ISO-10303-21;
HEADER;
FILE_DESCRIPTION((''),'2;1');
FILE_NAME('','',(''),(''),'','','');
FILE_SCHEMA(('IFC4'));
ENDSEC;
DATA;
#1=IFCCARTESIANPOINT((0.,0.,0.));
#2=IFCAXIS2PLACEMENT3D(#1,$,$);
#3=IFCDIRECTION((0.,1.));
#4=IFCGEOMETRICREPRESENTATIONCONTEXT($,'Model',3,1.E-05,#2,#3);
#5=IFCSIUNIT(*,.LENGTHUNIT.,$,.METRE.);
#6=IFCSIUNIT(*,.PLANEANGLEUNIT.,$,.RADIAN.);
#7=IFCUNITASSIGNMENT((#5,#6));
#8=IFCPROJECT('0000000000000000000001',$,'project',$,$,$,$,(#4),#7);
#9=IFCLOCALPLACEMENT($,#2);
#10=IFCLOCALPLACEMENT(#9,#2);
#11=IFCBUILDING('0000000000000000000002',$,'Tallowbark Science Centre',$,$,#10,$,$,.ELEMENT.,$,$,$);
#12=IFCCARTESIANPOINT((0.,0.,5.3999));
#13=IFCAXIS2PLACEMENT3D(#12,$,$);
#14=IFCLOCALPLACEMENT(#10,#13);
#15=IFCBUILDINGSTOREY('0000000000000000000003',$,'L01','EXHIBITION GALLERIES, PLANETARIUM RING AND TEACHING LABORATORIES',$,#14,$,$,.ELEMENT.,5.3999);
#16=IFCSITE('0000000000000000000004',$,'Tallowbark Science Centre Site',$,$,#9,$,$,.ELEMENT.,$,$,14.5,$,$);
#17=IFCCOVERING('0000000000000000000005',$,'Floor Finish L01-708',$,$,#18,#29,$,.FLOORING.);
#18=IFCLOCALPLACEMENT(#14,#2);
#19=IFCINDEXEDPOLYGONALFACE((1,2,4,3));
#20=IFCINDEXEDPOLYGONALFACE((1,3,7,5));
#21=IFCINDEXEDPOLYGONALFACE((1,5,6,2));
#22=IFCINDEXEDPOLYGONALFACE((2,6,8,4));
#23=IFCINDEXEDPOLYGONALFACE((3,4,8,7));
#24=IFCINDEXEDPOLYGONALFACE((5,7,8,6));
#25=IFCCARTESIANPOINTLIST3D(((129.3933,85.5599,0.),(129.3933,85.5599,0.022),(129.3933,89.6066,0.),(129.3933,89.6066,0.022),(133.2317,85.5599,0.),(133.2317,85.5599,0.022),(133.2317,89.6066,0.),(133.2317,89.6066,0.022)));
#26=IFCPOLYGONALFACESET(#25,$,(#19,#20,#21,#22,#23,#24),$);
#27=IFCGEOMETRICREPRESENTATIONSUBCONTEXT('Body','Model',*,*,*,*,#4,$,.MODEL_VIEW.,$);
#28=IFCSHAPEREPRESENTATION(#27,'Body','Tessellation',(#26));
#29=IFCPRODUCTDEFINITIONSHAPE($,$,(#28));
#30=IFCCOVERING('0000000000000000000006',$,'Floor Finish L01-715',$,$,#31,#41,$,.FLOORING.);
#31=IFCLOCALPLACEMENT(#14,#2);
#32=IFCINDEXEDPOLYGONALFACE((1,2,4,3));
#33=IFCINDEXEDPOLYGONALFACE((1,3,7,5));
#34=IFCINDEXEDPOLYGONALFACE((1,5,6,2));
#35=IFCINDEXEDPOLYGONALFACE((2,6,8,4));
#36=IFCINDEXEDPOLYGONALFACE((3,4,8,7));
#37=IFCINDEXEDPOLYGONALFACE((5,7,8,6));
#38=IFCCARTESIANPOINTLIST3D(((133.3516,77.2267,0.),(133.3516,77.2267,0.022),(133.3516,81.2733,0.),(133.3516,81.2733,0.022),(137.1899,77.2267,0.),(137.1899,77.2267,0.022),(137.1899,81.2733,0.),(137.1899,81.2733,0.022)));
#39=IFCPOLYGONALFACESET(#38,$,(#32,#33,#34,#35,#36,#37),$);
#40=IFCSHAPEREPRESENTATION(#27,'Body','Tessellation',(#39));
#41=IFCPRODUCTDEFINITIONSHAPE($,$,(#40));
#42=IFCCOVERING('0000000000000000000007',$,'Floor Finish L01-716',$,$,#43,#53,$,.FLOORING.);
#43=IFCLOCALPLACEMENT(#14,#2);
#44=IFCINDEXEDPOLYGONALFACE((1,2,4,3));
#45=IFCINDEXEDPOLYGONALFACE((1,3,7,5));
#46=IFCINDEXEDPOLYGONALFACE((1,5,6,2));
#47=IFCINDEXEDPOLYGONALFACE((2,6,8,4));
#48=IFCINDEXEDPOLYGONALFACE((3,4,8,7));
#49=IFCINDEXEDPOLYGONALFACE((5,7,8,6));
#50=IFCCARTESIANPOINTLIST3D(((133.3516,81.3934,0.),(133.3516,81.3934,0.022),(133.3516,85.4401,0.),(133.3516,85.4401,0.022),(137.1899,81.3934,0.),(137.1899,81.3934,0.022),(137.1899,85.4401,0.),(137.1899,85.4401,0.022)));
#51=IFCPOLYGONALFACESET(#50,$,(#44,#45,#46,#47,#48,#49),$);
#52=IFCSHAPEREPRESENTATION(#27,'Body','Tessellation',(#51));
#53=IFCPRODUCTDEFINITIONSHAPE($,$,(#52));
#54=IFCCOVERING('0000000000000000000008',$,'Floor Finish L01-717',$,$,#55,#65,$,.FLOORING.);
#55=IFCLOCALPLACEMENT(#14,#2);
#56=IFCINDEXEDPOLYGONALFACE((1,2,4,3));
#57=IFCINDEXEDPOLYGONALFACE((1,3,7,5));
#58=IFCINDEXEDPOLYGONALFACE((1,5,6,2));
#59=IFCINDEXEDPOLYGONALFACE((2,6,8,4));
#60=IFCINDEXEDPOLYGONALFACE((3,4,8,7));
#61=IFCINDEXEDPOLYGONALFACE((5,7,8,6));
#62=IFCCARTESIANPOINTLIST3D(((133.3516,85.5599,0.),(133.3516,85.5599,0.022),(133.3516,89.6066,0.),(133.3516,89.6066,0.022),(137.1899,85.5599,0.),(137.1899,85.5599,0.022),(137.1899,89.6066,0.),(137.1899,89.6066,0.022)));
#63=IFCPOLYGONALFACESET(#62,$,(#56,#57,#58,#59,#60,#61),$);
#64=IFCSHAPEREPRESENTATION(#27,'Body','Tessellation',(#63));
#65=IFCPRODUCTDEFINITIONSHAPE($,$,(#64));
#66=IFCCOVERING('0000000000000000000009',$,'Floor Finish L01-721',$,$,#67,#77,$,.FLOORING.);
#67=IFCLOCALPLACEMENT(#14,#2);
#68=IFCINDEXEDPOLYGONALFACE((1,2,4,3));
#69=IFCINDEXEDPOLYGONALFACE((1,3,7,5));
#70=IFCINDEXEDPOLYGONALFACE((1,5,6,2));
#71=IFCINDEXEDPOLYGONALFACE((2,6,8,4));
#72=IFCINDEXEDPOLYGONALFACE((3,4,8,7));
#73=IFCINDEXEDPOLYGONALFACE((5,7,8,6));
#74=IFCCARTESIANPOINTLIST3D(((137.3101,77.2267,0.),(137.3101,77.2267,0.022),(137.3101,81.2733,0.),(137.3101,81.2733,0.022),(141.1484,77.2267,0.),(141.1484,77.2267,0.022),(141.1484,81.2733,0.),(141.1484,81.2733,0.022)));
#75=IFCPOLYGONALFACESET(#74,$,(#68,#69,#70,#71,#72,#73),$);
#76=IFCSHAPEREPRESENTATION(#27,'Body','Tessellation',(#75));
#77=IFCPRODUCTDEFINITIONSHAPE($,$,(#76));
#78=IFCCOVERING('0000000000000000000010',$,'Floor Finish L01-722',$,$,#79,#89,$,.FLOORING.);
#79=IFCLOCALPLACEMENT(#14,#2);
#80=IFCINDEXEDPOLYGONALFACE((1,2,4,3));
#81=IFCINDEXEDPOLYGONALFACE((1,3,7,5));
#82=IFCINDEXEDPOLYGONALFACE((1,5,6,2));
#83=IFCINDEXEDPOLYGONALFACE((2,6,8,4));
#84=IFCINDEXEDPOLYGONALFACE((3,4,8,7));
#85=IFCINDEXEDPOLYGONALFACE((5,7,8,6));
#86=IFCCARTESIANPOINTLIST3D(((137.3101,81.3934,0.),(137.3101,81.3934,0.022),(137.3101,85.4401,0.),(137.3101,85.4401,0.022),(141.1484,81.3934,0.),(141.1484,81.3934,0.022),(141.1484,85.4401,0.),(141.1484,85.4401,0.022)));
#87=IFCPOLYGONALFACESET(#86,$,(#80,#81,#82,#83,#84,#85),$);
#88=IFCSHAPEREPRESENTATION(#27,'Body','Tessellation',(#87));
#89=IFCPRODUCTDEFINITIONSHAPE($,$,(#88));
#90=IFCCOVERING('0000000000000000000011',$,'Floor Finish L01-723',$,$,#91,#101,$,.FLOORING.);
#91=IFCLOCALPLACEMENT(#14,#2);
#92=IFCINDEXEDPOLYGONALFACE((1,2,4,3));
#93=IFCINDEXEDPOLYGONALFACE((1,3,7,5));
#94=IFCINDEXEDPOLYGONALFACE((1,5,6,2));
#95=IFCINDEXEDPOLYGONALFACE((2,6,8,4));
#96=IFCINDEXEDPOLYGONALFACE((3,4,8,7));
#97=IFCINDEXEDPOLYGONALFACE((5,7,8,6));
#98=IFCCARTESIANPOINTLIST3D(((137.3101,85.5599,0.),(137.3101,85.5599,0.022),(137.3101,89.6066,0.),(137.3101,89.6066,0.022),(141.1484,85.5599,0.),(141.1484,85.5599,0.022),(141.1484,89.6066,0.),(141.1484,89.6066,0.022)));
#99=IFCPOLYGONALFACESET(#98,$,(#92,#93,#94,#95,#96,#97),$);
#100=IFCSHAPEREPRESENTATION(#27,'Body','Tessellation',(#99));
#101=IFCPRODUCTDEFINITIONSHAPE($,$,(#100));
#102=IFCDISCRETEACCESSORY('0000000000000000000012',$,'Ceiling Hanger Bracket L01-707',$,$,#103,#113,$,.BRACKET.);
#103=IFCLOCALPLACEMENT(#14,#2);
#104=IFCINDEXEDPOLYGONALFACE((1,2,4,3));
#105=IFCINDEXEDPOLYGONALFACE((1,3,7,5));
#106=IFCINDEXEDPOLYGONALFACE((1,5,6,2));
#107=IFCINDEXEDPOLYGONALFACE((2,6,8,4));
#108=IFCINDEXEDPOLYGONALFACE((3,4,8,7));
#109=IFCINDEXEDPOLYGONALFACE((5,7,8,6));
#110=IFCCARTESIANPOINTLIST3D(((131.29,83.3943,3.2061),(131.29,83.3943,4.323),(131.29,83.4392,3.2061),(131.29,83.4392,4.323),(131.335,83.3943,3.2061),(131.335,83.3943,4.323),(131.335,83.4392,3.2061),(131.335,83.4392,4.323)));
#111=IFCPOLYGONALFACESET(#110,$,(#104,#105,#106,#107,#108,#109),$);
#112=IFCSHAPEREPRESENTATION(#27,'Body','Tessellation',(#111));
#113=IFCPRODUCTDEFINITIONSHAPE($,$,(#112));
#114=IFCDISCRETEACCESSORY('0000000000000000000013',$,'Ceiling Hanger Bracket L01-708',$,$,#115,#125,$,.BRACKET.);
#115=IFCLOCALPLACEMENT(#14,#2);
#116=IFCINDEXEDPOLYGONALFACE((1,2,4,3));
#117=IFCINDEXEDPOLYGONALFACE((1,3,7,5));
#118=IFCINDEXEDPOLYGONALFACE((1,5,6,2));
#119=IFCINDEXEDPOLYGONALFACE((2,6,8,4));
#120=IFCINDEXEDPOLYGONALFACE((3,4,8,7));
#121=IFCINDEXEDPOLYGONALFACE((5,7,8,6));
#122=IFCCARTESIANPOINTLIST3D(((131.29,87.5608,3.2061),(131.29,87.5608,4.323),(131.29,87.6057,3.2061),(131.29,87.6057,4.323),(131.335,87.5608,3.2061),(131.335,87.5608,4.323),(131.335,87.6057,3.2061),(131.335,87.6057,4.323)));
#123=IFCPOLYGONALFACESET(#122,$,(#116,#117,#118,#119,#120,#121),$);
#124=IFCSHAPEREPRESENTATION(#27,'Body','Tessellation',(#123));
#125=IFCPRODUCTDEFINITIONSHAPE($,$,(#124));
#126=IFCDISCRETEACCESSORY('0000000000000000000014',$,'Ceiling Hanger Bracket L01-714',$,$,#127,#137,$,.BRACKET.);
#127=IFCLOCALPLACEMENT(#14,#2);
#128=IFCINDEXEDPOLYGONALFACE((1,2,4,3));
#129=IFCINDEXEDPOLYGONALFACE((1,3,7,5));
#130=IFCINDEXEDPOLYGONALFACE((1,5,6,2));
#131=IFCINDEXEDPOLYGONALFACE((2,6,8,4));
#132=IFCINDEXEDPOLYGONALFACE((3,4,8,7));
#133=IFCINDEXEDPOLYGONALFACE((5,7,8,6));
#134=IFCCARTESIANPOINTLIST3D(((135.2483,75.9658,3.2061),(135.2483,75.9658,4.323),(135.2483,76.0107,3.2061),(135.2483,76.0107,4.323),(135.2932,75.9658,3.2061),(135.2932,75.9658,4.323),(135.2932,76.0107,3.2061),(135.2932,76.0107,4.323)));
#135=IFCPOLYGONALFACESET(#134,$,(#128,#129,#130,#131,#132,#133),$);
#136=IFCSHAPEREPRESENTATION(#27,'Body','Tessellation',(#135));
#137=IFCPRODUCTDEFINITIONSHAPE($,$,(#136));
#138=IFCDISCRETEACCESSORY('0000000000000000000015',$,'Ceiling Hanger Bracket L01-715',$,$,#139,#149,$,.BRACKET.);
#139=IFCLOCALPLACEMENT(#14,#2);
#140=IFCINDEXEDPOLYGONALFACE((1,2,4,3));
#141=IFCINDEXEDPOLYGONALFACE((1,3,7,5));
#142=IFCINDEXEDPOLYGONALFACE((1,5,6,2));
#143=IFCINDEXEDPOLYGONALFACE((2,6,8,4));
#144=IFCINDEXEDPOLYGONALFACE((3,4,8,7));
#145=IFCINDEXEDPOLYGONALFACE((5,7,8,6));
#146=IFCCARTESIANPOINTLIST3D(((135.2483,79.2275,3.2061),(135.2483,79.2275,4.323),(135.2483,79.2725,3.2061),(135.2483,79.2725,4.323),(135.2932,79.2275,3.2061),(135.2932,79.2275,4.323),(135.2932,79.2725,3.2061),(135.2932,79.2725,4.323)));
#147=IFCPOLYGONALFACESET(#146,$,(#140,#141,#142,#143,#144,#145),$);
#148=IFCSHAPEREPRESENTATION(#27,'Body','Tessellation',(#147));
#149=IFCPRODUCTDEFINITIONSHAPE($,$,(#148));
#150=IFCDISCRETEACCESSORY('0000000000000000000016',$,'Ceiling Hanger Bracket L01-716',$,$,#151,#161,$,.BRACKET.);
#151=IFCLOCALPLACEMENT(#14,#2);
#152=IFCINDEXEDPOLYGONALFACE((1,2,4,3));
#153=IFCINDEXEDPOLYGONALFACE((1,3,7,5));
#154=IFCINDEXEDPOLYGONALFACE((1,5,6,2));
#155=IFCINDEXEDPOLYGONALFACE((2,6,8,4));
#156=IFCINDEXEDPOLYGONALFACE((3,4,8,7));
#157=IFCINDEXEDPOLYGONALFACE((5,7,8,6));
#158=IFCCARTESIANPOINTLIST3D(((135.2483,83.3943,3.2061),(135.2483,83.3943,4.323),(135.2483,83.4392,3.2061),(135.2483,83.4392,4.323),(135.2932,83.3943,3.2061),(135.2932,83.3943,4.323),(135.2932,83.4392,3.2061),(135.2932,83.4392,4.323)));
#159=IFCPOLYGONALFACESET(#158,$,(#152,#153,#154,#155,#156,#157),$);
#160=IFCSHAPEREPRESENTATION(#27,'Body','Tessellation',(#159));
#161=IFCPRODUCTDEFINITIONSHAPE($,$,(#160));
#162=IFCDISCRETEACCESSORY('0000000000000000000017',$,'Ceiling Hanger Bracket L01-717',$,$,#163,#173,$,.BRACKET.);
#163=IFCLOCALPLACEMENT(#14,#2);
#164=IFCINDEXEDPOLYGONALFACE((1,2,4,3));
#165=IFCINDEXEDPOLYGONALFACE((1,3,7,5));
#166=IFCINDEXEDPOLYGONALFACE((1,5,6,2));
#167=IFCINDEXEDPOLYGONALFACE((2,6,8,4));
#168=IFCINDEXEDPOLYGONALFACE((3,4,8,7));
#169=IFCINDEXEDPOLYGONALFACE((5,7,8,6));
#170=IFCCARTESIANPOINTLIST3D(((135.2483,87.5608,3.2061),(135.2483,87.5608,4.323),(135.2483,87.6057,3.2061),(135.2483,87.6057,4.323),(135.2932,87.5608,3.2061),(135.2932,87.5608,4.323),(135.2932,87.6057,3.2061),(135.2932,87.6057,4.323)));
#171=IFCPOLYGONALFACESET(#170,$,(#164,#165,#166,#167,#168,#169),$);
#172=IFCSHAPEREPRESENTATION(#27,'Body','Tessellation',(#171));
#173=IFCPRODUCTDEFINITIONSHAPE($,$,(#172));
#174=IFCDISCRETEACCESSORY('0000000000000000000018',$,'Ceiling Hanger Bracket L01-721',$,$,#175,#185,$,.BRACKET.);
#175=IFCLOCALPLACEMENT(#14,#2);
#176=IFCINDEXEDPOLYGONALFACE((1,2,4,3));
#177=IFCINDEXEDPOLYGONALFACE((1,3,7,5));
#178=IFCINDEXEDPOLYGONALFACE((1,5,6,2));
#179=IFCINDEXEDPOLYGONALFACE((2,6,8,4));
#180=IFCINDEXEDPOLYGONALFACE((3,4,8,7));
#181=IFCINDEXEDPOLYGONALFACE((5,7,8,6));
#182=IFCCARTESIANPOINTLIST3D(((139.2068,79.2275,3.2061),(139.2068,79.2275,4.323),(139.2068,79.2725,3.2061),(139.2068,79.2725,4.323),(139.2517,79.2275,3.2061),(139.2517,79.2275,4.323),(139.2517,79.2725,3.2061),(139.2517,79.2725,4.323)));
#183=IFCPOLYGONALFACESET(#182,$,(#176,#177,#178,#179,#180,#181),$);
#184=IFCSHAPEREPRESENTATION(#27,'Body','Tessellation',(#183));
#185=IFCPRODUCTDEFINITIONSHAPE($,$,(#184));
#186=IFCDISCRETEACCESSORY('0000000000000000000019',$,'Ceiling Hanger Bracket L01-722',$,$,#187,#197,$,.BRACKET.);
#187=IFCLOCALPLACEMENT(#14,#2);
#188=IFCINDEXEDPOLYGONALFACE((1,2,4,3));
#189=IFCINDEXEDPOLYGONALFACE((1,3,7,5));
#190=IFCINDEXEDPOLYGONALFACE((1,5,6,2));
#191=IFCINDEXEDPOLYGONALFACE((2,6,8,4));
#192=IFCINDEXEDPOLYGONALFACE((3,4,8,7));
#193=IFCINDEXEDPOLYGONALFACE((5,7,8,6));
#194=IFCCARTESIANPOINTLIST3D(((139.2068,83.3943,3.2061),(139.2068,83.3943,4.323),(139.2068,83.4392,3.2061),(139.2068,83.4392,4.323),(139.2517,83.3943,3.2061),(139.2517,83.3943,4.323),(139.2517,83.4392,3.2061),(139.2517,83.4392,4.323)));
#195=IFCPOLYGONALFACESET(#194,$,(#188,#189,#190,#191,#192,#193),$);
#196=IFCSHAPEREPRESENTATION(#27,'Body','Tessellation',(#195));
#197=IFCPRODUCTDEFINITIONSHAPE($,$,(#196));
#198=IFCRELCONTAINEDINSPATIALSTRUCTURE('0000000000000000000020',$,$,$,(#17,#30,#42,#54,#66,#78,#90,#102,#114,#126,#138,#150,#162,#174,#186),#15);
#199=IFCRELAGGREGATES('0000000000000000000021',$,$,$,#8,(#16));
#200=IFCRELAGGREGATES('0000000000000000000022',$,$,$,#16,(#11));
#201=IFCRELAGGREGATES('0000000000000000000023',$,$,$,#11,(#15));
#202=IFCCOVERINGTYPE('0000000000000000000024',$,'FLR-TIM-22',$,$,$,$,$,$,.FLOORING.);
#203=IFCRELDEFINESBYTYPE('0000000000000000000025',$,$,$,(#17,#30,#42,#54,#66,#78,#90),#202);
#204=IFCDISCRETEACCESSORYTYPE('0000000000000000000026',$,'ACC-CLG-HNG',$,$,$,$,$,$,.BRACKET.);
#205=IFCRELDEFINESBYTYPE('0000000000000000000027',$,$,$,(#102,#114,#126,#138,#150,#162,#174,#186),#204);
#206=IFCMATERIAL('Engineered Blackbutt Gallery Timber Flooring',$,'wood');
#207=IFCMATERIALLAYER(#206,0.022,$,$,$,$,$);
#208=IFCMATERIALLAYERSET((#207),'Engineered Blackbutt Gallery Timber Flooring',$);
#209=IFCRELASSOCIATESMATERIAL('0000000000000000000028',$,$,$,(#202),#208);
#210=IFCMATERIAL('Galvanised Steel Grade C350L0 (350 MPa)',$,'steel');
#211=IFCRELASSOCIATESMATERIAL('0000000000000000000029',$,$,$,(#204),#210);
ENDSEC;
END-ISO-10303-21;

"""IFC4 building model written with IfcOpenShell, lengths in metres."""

from ifc_helpers import new_model, si_unit, direction, frame, origin, origin_2d, place, context, subcontext, project, spatial, rectangle, extrude, material, layer, layer_set, type_object, element, save


model = new_model("IFC4")

# Units and contexts
model_context = context("Model", 3, precision=1e-05, world=origin(), true_north=direction((0.0, 1.0)))
body_context = subcontext(model_context, "Body", "Model", "MODEL_VIEW")
ifc_project = project(units=[si_unit("LENGTHUNIT", "METRE"), si_unit("PLANEANGLEUNIT", "RADIAN")], contexts=[model_context])

# Site, building, storey
site_placement = place(None, origin())
site = spatial("IfcSite", under=ifc_project, at=site_placement, Name="Tallowbark Science Centre Site", CompositionType="ELEMENT", RefElevation=14.5)
building_placement = place(site_placement, origin())
building = spatial("IfcBuilding", under=site, at=building_placement, Name="Tallowbark Science Centre", CompositionType="ELEMENT")
storey_placement = place(building_placement, frame((0.0, 0.0, 5.3999)))
storey = spatial("IfcBuildingStorey", under=building, at=storey_placement, Name="L01", Description="EXHIBITION GALLERIES, PLANETARIUM RING AND TEACHING LABORATORIES", CompositionType="ELEMENT", Elevation=5.3999)

# Coverings
ifc_material_1 = material(Name="Engineered Blackbutt Gallery Timber Flooring", Category="wood")
ifc_layer_1 = layer(ifc_material_1, 0.022)
ifc_layer_set_1 = layer_set([ifc_layer_1], Name="Engineered Blackbutt Gallery Timber Flooring")
covering_type_1 = type_object("IfcCoveringType", Name="FLR-TIM-22", PredefinedType="FLOORING", material=ifc_layer_set_1)
for number, where, z_axis, x_axis, name in (
    (1, (131.3125, 87.5833, 0.0), (0.0, 0.0, 1.0), (1.0, 0.0, 0.0), "Floor Finish L01-708"),
    (2, (135.2708, 79.25, 0.0), (0.0, 0.0, 1.0), (1.0, 0.0, 0.0), "Floor Finish L01-715"),
    (3, (135.2708, 83.4167, 0.0), (0.0, 0.0, 1.0), (1.0, 0.0, 0.0), "Floor Finish L01-716"),
    (4, (135.2708, 87.5833, 0.0), (0.0, 0.0, 1.0), (1.0, 0.0, 0.0), "Floor Finish L01-717"),
    (5, (139.2292, 79.25, 0.0), (0.0, 0.0, 1.0), (1.0, 0.0, 0.0), "Floor Finish L01-721"),
    (6, (139.2292, 83.4167, 0.0), (0.0, 0.0, 1.0), (1.0, 0.0, 0.0), "Floor Finish L01-722"),
    (7, (139.2292, 87.5833, 0.0), (0.0, 0.0, 1.0), (1.0, 0.0, 0.0), "Floor Finish L01-723"),
):
    element("IfcCovering", number, at=place(storey_placement, frame(where, z_axis=z_axis, x_axis=x_axis)), inside=storey, type_object=covering_type_1, Name=name, PredefinedType="FLOORING", context=body_context, shape_type="SweptSolid", body=[
        extrude(rectangle(XDim=3.8384, YDim=4.0466, at=origin_2d()), origin(), (0.0, 0.0, 1.0), 0.022),
    ])

# Discrete accessories
ifc_material_2 = material(Name="Galvanised Steel Grade C350L0 (350 MPa)", Category="steel")
discrete_accessory_type = type_object("IfcDiscreteAccessoryType", Name="ACC-CLG-HNG", PredefinedType="BRACKET", material=ifc_material_2)
for number, where, z_axis, x_axis, name in (
    (8, (131.3125, 83.4167, 3.2061), (0.0, 0.0, 1.0), (1.0, 0.0, 0.0), "Ceiling Hanger Bracket L01-707"),
    (9, (131.3125, 87.5833, 3.2061), (0.0, 0.0, 1.0), (1.0, 0.0, 0.0), "Ceiling Hanger Bracket L01-708"),
    (10, (135.2708, 75.9883, 3.2061), (0.0, 0.0, 1.0), (1.0, 0.0, 0.0), "Ceiling Hanger Bracket L01-714"),
    (11, (135.2708, 79.25, 3.2061), (0.0, 0.0, 1.0), (1.0, 0.0, 0.0), "Ceiling Hanger Bracket L01-715"),
    (12, (135.2708, 83.4167, 3.2061), (0.0, 0.0, 1.0), (1.0, 0.0, 0.0), "Ceiling Hanger Bracket L01-716"),
    (13, (135.2708, 87.5833, 3.2061), (0.0, 0.0, 1.0), (1.0, 0.0, 0.0), "Ceiling Hanger Bracket L01-717"),
    (14, (139.2292, 79.25, 3.2061), (0.0, 0.0, 1.0), (1.0, 0.0, 0.0), "Ceiling Hanger Bracket L01-721"),
    (15, (139.2292, 83.4167, 3.2061), (0.0, 0.0, 1.0), (1.0, 0.0, 0.0), "Ceiling Hanger Bracket L01-722"),
):
    element("IfcDiscreteAccessory", number, at=place(storey_placement, frame(where, z_axis=z_axis, x_axis=x_axis)), inside=storey, type_object=discrete_accessory_type, Name=name, PredefinedType="BRACKET", context=body_context, shape_type="SweptSolid", body=[
        extrude(rectangle(XDim=0.0449, YDim=0.0449, at=origin_2d()), origin(), (0.0, 0.0, 1.0), 1.1169),
    ])

save(model, "model.ifc")
